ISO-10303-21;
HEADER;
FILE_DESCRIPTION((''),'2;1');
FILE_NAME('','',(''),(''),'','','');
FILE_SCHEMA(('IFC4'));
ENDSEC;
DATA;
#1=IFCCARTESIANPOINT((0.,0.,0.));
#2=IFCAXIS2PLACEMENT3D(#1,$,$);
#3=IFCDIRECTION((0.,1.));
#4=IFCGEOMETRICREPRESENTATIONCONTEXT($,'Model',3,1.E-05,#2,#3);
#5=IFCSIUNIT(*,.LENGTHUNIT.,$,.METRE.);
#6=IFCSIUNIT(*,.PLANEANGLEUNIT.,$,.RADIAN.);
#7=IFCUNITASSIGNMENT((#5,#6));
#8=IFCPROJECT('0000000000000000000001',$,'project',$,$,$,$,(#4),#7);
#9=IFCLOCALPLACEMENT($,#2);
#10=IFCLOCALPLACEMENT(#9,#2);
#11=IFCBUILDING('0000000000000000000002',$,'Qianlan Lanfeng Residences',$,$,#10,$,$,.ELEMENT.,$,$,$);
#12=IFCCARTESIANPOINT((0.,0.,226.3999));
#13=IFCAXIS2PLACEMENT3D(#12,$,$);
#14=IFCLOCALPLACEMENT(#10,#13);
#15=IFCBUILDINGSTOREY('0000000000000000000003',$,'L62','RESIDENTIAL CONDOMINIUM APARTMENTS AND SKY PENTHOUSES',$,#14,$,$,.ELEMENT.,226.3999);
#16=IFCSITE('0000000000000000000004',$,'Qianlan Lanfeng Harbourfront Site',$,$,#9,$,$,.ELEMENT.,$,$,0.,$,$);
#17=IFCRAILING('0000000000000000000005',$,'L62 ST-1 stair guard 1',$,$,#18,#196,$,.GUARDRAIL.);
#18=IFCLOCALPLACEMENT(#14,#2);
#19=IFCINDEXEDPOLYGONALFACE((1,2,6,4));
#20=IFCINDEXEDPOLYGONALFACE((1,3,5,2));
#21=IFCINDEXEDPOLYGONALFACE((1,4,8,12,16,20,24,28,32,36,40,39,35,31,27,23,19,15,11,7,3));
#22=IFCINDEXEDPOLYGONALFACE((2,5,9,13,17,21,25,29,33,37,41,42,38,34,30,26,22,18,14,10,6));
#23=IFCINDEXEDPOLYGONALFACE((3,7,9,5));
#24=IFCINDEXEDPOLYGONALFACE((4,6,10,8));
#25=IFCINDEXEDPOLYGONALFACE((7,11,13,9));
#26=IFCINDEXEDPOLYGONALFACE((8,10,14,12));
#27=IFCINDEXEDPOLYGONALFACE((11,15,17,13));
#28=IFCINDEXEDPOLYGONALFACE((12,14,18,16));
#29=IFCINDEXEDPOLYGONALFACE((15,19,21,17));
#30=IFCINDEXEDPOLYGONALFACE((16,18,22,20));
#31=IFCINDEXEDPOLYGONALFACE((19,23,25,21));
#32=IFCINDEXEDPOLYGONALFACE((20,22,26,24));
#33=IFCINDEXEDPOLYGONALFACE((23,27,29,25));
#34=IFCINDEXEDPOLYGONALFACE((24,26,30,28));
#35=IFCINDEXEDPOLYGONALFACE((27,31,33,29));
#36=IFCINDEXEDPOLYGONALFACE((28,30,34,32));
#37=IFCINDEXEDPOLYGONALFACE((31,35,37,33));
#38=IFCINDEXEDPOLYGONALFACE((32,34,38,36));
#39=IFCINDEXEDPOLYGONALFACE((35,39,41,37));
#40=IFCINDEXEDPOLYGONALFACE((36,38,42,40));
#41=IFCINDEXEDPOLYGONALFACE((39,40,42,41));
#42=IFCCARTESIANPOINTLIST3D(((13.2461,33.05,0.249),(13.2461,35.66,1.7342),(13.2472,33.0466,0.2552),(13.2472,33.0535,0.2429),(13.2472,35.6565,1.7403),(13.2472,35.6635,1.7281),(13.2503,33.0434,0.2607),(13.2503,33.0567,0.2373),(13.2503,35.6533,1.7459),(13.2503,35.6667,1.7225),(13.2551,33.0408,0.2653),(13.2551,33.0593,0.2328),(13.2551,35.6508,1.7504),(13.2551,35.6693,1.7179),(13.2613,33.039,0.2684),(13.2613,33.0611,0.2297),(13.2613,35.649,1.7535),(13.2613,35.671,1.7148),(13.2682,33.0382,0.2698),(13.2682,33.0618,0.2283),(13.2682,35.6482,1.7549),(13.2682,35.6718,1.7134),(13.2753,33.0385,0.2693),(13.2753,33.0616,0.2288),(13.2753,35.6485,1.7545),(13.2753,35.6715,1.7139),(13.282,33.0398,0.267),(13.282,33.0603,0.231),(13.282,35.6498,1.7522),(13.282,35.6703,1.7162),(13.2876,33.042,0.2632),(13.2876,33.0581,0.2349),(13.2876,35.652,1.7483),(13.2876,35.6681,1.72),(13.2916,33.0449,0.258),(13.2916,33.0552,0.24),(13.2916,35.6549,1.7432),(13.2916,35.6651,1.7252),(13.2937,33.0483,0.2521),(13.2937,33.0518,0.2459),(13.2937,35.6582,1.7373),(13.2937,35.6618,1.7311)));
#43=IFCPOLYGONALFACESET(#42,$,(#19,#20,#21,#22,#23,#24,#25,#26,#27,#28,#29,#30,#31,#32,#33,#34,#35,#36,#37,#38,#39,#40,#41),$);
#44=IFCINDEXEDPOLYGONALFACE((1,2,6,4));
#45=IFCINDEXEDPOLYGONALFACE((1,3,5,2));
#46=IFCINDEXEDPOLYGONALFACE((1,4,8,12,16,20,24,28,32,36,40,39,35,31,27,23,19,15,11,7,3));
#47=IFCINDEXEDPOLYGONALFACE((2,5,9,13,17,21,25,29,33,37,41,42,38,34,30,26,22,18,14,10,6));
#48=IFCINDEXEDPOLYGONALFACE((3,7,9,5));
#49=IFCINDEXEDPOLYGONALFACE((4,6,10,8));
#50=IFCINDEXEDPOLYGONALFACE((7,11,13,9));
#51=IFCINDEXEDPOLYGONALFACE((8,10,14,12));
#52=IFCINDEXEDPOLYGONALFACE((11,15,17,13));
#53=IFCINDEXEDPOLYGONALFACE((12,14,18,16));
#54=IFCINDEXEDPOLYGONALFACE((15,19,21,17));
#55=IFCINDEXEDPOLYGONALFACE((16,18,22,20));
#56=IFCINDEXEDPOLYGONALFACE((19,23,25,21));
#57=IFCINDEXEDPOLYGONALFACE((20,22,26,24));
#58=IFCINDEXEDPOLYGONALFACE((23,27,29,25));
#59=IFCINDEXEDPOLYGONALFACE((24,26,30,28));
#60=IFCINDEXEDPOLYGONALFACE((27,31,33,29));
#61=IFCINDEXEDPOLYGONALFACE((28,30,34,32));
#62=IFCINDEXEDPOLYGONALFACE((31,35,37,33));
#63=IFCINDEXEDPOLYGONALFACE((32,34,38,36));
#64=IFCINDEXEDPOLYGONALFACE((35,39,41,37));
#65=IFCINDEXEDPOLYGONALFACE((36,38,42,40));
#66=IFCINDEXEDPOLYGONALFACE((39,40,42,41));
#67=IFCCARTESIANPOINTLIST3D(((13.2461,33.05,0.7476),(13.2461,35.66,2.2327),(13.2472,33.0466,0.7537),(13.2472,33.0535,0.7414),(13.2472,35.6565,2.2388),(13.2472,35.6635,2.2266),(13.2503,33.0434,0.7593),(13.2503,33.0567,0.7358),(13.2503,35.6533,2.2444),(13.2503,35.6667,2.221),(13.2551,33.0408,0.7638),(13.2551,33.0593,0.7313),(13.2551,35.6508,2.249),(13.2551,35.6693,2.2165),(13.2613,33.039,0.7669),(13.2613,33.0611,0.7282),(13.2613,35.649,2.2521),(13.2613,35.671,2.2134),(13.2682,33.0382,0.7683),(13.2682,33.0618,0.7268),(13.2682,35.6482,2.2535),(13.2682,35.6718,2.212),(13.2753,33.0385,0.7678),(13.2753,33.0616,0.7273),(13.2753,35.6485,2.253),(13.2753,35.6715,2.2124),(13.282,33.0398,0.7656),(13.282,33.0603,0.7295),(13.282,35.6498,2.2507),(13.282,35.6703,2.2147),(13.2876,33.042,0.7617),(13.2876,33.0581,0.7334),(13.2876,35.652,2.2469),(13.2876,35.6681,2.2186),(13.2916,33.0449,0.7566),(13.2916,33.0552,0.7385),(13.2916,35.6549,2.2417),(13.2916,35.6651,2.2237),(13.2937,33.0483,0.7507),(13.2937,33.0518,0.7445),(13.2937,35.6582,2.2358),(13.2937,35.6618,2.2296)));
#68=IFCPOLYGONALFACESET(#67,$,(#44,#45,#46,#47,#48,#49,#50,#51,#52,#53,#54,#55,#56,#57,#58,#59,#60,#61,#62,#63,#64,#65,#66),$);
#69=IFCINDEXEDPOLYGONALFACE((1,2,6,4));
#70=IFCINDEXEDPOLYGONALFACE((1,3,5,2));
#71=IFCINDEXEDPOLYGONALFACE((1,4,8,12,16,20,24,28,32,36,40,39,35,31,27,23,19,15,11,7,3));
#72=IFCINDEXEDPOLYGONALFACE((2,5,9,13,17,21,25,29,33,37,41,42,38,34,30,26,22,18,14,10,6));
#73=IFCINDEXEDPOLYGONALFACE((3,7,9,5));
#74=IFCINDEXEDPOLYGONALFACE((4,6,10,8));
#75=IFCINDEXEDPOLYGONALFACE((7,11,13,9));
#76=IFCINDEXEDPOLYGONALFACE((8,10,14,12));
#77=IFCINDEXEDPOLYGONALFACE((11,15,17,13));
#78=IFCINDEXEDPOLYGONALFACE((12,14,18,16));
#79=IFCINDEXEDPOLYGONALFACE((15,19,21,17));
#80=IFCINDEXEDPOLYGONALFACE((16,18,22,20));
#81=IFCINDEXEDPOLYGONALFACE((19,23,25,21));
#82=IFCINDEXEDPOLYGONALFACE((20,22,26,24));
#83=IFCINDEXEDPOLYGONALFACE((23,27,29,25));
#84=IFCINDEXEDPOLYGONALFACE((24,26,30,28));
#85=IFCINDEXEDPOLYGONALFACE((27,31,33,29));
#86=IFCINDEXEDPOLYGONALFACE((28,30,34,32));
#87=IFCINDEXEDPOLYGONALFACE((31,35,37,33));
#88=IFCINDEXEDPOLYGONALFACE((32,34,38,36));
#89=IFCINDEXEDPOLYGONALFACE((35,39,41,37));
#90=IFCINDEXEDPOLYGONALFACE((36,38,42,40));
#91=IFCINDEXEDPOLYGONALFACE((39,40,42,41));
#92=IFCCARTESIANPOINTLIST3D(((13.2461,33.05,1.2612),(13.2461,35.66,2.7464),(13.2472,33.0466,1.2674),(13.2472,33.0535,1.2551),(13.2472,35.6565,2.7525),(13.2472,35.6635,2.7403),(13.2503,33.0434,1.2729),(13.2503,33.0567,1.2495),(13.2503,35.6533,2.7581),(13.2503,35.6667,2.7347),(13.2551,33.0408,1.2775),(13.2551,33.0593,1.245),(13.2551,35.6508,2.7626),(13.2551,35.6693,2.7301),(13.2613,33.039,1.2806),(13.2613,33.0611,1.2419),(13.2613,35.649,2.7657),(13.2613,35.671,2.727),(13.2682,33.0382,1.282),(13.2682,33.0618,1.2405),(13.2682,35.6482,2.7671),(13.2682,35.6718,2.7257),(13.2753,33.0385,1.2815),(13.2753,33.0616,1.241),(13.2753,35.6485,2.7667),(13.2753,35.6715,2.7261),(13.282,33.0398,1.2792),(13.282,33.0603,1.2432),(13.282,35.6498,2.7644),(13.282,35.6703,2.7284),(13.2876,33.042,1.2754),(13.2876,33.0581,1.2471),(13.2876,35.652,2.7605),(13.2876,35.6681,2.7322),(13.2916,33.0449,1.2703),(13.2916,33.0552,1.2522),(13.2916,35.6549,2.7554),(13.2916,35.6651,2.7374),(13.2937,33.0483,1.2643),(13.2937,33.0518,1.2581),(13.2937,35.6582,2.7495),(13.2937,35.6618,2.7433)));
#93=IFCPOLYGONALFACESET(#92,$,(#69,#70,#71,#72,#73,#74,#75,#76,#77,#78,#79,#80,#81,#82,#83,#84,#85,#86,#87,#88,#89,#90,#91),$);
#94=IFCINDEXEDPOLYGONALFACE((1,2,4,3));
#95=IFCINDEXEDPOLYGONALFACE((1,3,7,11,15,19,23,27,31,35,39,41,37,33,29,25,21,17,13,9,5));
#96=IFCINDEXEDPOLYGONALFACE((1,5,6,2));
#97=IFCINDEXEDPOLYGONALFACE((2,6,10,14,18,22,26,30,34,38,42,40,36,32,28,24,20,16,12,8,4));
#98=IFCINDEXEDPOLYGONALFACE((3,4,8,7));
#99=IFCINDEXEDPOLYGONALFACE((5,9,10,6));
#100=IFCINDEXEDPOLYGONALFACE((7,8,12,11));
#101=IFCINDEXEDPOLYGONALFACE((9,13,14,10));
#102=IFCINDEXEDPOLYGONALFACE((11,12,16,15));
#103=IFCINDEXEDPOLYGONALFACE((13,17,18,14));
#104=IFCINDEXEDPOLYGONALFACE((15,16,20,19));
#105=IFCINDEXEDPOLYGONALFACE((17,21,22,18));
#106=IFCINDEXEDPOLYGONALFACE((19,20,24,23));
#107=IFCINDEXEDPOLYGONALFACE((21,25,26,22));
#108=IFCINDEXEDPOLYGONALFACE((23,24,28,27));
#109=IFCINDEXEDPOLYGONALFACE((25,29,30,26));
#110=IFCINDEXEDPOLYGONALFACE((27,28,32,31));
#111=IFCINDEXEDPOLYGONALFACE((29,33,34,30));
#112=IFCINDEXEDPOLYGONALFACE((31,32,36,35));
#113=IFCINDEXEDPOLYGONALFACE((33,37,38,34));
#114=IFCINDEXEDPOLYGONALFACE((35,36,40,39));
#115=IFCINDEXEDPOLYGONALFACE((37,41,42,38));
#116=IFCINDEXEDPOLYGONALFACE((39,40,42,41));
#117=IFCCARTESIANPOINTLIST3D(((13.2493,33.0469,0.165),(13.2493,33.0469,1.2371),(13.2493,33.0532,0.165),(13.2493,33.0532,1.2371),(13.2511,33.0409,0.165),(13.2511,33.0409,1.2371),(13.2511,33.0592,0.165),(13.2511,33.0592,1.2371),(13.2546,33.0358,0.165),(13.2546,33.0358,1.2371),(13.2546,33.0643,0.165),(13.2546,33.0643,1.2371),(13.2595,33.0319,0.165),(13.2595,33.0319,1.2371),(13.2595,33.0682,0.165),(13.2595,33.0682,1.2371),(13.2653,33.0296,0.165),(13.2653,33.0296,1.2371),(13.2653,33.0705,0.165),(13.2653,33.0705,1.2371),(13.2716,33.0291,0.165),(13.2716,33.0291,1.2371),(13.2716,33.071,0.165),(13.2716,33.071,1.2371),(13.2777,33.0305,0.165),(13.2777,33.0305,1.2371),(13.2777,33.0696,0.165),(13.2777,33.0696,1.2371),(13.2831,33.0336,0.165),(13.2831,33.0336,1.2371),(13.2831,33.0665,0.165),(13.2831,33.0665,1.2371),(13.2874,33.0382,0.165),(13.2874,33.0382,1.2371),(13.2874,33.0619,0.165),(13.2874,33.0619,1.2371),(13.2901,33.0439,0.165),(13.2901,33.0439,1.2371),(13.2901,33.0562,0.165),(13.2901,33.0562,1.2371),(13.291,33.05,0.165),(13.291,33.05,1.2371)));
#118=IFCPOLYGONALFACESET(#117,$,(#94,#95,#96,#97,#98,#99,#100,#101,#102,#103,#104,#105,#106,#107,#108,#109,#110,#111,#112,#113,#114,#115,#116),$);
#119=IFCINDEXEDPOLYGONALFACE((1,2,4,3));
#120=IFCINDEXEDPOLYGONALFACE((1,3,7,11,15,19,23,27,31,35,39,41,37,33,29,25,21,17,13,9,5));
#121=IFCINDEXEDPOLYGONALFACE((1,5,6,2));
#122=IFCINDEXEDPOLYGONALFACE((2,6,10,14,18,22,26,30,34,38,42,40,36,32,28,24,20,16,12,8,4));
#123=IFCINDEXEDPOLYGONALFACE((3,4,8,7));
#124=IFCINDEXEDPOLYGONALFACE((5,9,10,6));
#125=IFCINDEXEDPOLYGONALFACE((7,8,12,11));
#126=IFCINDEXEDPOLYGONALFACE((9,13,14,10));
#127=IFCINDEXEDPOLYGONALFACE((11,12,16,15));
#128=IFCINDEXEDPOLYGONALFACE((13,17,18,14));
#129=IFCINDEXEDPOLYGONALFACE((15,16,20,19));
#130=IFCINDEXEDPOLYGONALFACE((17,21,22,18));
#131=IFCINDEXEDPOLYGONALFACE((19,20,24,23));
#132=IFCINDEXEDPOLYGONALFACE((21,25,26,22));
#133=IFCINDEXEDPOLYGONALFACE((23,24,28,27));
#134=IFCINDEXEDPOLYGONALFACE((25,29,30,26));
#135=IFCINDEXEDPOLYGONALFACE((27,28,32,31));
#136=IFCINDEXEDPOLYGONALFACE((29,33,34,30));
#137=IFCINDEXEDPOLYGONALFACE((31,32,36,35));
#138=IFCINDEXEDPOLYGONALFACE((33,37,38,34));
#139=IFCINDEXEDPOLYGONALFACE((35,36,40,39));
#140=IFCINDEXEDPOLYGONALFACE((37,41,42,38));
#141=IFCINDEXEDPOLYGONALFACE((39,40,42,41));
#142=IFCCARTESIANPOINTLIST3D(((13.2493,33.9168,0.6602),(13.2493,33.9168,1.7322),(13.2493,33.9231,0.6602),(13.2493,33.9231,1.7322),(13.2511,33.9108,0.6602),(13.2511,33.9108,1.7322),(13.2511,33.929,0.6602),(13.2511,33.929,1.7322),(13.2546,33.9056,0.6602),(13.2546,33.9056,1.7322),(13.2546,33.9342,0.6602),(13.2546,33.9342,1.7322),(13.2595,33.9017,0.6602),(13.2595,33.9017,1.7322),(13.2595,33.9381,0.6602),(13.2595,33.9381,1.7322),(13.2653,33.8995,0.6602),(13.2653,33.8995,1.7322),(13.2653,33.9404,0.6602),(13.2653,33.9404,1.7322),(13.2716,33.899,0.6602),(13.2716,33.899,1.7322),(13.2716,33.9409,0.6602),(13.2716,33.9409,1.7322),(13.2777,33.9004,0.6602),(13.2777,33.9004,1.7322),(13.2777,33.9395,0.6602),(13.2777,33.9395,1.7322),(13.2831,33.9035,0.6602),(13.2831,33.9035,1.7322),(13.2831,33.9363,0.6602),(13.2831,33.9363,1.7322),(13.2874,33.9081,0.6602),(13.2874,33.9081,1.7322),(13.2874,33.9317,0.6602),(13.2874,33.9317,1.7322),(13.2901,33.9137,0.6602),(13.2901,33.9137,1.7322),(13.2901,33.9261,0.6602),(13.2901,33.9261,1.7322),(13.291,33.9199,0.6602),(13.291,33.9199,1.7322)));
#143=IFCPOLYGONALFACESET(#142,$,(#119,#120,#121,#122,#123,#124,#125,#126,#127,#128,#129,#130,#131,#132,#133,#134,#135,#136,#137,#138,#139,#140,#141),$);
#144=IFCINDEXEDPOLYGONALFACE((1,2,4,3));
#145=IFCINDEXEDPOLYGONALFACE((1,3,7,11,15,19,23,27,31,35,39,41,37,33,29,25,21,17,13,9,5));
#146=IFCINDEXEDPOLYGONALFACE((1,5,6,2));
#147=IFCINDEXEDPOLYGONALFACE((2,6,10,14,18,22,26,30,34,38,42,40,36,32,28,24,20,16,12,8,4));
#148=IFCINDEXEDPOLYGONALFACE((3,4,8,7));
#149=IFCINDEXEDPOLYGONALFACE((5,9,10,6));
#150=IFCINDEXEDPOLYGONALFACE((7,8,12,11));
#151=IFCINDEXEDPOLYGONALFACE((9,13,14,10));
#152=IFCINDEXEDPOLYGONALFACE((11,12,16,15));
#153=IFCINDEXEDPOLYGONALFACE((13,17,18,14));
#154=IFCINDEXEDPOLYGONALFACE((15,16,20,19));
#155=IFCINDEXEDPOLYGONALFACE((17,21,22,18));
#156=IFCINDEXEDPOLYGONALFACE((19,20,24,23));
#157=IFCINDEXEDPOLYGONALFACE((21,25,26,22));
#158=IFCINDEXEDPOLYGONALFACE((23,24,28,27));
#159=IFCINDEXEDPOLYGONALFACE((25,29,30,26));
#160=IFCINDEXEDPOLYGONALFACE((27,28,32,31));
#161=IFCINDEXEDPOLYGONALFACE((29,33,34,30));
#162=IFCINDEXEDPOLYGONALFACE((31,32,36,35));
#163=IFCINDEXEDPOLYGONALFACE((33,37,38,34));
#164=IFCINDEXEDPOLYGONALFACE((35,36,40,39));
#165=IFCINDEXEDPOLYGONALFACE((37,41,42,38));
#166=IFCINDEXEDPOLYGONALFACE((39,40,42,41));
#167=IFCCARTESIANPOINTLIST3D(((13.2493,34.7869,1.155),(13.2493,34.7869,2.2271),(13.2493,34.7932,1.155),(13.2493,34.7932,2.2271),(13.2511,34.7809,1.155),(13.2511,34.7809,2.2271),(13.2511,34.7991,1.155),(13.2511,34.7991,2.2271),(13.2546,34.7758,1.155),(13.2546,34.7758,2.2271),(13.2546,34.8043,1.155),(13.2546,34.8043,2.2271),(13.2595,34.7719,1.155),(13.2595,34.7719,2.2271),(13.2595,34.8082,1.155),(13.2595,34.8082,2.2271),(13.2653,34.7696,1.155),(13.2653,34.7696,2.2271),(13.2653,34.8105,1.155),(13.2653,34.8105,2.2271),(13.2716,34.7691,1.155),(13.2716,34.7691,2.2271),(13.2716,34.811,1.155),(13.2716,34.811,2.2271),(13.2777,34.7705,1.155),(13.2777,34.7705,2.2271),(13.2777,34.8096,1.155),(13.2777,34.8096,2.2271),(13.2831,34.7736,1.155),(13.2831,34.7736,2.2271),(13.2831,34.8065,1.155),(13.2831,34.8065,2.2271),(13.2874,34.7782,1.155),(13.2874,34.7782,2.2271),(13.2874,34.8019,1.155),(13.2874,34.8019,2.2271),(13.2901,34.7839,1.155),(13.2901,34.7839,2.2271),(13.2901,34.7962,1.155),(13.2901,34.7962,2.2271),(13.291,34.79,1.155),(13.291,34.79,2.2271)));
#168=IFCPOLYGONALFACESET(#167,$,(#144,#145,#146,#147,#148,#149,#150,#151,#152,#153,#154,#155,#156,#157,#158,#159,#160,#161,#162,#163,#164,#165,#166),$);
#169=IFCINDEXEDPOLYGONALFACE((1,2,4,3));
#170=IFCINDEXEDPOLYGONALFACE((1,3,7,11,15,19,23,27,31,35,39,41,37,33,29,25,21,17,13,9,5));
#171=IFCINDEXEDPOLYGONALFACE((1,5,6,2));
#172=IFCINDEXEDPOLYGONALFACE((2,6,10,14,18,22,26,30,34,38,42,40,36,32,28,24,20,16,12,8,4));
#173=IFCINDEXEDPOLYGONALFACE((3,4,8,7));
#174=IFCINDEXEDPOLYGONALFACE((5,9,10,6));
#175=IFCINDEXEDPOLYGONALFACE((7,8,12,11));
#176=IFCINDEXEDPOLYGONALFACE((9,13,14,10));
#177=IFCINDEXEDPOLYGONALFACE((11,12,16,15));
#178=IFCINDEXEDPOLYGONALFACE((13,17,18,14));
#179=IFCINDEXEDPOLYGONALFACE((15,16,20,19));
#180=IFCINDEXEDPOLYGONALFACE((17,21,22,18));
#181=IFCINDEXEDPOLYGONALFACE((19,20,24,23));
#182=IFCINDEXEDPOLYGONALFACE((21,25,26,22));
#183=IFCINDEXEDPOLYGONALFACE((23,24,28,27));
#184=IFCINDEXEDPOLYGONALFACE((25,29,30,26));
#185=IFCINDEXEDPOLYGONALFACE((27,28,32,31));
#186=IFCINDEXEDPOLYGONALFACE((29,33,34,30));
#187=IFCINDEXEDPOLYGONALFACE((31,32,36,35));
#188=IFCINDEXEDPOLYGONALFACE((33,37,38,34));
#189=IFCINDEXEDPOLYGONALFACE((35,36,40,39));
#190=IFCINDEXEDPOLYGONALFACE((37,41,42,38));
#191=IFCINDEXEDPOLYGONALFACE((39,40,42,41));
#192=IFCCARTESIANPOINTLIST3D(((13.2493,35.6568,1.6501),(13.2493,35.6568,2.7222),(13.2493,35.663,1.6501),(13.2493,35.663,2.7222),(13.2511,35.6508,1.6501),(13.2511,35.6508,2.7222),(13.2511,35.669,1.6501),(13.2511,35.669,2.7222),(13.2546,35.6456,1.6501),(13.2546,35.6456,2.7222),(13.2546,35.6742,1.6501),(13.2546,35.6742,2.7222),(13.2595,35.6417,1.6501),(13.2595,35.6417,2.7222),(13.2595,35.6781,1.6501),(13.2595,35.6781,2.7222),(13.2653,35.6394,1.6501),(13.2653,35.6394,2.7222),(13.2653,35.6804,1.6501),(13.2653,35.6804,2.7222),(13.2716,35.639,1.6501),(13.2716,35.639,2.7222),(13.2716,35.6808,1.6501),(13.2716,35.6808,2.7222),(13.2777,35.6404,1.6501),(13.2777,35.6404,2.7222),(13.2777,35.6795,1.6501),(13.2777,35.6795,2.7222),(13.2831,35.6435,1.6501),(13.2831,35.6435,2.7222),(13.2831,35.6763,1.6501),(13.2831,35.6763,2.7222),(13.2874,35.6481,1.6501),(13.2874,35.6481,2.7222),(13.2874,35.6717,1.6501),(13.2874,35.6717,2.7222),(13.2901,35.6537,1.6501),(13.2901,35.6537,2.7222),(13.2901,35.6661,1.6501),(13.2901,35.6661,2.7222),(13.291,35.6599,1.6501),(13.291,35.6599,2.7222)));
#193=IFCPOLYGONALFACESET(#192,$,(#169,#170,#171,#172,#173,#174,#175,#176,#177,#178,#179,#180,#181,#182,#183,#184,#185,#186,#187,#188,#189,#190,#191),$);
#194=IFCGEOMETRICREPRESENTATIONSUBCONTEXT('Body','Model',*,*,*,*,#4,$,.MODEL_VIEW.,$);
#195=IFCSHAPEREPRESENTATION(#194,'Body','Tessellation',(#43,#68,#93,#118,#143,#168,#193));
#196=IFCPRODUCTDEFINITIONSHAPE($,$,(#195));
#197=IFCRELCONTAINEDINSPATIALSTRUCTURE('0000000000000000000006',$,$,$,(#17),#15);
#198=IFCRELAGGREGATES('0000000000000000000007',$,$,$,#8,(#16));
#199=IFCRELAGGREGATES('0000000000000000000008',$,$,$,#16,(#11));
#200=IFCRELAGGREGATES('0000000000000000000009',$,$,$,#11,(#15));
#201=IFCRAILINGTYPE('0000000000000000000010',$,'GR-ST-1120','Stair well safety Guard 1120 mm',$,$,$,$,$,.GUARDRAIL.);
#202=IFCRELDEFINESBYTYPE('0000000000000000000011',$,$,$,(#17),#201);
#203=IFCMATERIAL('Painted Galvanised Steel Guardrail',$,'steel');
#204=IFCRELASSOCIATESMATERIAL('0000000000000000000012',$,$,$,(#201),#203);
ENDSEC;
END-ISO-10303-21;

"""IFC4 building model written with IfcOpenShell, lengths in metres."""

from ifc_helpers import new_model, si_unit, direction, frame, origin, origin_2d, place, context, subcontext, project, spatial, circle, extrude, material, type_object, element, save


model = new_model("IFC4")

# Units and contexts
model_context = context("Model", 3, precision=1e-05, world=origin(), true_north=direction((0.0, 1.0)))
body_context = subcontext(model_context, "Body", "Model", "MODEL_VIEW")
ifc_project = project(units=[si_unit("LENGTHUNIT", "METRE"), si_unit("PLANEANGLEUNIT", "RADIAN")], contexts=[model_context])

# Site, building, storey
site_placement = place(None, origin())
site = spatial("IfcSite", under=ifc_project, at=site_placement, Name="Qianlan Lanfeng Harbourfront Site", CompositionType="ELEMENT", RefElevation=0.0)
building_placement = place(site_placement, origin())
building = spatial("IfcBuilding", under=site, at=building_placement, Name="Qianlan Lanfeng Residences", CompositionType="ELEMENT")
storey_placement = place(building_placement, frame((0.0, 0.0, 226.3999)))
storey = spatial("IfcBuildingStorey", under=building, at=storey_placement, Name="L62", Description="RESIDENTIAL CONDOMINIUM APARTMENTS AND SKY PENTHOUSES", CompositionType="ELEMENT", Elevation=226.3999)

# Railing
ifc_material_1 = material(Name="Painted Galvanised Steel Guardrail", Category="steel")
railing_type_1 = type_object("IfcRailingType", Name="GR-ST-1120", Description="Stair well safety Guard 1120 mm", PredefinedType="GUARDRAIL", material=ifc_material_1)
railing_1_placement = place(storey_placement, frame((13.27, 33.05, 0.165)))
element("IfcRailing", 1, at=railing_1_placement, inside=storey, type_object=railing_type_1, Name="L62 ST-1 stair guard 1", PredefinedType="GUARDRAIL", context=body_context, shape_type="SweptSolid", body=[
    extrude(circle(Radius=0.0239, at=origin_2d()), frame((0.0, 0.0, 0.084), z_axis=(0.0, 0.869137, 0.494571), x_axis=(-1.0, 0.0, 0.0)), (0.0, 0.0, 1.0), 3.0029),
    extrude(circle(Radius=0.0239, at=origin_2d()), frame((0.0, 0.0, 0.5825), z_axis=(0.0, 0.869137, 0.494571), x_axis=(-1.0, 0.0, 0.0)), (0.0, 0.0, 1.0), 3.0029),
    extrude(circle(Radius=0.0239, at=origin_2d()), frame((0.0, 0.0, 1.0962), z_axis=(0.0, 0.869137, 0.494571), x_axis=(-1.0, 0.0, 0.0)), (0.0, 0.0, 1.0), 3.0029),
    extrude(circle(Radius=0.021, at=origin_2d()), origin(), (0.0, 0.0, 1.0), 1.072),
    extrude(circle(Radius=0.021, at=origin_2d()), frame((0.0, 0.8699, 0.4951)), (0.0, 0.0, 1.0), 1.072),
    extrude(circle(Radius=0.021, at=origin_2d()), frame((0.0, 1.74, 0.99)), (0.0, 0.0, 1.0), 1.072),
    extrude(circle(Radius=0.021, at=origin_2d()), frame((0.0, 2.6099, 1.4851)), (0.0, 0.0, 1.0), 1.072),
])

save(model, "model.ifc")
